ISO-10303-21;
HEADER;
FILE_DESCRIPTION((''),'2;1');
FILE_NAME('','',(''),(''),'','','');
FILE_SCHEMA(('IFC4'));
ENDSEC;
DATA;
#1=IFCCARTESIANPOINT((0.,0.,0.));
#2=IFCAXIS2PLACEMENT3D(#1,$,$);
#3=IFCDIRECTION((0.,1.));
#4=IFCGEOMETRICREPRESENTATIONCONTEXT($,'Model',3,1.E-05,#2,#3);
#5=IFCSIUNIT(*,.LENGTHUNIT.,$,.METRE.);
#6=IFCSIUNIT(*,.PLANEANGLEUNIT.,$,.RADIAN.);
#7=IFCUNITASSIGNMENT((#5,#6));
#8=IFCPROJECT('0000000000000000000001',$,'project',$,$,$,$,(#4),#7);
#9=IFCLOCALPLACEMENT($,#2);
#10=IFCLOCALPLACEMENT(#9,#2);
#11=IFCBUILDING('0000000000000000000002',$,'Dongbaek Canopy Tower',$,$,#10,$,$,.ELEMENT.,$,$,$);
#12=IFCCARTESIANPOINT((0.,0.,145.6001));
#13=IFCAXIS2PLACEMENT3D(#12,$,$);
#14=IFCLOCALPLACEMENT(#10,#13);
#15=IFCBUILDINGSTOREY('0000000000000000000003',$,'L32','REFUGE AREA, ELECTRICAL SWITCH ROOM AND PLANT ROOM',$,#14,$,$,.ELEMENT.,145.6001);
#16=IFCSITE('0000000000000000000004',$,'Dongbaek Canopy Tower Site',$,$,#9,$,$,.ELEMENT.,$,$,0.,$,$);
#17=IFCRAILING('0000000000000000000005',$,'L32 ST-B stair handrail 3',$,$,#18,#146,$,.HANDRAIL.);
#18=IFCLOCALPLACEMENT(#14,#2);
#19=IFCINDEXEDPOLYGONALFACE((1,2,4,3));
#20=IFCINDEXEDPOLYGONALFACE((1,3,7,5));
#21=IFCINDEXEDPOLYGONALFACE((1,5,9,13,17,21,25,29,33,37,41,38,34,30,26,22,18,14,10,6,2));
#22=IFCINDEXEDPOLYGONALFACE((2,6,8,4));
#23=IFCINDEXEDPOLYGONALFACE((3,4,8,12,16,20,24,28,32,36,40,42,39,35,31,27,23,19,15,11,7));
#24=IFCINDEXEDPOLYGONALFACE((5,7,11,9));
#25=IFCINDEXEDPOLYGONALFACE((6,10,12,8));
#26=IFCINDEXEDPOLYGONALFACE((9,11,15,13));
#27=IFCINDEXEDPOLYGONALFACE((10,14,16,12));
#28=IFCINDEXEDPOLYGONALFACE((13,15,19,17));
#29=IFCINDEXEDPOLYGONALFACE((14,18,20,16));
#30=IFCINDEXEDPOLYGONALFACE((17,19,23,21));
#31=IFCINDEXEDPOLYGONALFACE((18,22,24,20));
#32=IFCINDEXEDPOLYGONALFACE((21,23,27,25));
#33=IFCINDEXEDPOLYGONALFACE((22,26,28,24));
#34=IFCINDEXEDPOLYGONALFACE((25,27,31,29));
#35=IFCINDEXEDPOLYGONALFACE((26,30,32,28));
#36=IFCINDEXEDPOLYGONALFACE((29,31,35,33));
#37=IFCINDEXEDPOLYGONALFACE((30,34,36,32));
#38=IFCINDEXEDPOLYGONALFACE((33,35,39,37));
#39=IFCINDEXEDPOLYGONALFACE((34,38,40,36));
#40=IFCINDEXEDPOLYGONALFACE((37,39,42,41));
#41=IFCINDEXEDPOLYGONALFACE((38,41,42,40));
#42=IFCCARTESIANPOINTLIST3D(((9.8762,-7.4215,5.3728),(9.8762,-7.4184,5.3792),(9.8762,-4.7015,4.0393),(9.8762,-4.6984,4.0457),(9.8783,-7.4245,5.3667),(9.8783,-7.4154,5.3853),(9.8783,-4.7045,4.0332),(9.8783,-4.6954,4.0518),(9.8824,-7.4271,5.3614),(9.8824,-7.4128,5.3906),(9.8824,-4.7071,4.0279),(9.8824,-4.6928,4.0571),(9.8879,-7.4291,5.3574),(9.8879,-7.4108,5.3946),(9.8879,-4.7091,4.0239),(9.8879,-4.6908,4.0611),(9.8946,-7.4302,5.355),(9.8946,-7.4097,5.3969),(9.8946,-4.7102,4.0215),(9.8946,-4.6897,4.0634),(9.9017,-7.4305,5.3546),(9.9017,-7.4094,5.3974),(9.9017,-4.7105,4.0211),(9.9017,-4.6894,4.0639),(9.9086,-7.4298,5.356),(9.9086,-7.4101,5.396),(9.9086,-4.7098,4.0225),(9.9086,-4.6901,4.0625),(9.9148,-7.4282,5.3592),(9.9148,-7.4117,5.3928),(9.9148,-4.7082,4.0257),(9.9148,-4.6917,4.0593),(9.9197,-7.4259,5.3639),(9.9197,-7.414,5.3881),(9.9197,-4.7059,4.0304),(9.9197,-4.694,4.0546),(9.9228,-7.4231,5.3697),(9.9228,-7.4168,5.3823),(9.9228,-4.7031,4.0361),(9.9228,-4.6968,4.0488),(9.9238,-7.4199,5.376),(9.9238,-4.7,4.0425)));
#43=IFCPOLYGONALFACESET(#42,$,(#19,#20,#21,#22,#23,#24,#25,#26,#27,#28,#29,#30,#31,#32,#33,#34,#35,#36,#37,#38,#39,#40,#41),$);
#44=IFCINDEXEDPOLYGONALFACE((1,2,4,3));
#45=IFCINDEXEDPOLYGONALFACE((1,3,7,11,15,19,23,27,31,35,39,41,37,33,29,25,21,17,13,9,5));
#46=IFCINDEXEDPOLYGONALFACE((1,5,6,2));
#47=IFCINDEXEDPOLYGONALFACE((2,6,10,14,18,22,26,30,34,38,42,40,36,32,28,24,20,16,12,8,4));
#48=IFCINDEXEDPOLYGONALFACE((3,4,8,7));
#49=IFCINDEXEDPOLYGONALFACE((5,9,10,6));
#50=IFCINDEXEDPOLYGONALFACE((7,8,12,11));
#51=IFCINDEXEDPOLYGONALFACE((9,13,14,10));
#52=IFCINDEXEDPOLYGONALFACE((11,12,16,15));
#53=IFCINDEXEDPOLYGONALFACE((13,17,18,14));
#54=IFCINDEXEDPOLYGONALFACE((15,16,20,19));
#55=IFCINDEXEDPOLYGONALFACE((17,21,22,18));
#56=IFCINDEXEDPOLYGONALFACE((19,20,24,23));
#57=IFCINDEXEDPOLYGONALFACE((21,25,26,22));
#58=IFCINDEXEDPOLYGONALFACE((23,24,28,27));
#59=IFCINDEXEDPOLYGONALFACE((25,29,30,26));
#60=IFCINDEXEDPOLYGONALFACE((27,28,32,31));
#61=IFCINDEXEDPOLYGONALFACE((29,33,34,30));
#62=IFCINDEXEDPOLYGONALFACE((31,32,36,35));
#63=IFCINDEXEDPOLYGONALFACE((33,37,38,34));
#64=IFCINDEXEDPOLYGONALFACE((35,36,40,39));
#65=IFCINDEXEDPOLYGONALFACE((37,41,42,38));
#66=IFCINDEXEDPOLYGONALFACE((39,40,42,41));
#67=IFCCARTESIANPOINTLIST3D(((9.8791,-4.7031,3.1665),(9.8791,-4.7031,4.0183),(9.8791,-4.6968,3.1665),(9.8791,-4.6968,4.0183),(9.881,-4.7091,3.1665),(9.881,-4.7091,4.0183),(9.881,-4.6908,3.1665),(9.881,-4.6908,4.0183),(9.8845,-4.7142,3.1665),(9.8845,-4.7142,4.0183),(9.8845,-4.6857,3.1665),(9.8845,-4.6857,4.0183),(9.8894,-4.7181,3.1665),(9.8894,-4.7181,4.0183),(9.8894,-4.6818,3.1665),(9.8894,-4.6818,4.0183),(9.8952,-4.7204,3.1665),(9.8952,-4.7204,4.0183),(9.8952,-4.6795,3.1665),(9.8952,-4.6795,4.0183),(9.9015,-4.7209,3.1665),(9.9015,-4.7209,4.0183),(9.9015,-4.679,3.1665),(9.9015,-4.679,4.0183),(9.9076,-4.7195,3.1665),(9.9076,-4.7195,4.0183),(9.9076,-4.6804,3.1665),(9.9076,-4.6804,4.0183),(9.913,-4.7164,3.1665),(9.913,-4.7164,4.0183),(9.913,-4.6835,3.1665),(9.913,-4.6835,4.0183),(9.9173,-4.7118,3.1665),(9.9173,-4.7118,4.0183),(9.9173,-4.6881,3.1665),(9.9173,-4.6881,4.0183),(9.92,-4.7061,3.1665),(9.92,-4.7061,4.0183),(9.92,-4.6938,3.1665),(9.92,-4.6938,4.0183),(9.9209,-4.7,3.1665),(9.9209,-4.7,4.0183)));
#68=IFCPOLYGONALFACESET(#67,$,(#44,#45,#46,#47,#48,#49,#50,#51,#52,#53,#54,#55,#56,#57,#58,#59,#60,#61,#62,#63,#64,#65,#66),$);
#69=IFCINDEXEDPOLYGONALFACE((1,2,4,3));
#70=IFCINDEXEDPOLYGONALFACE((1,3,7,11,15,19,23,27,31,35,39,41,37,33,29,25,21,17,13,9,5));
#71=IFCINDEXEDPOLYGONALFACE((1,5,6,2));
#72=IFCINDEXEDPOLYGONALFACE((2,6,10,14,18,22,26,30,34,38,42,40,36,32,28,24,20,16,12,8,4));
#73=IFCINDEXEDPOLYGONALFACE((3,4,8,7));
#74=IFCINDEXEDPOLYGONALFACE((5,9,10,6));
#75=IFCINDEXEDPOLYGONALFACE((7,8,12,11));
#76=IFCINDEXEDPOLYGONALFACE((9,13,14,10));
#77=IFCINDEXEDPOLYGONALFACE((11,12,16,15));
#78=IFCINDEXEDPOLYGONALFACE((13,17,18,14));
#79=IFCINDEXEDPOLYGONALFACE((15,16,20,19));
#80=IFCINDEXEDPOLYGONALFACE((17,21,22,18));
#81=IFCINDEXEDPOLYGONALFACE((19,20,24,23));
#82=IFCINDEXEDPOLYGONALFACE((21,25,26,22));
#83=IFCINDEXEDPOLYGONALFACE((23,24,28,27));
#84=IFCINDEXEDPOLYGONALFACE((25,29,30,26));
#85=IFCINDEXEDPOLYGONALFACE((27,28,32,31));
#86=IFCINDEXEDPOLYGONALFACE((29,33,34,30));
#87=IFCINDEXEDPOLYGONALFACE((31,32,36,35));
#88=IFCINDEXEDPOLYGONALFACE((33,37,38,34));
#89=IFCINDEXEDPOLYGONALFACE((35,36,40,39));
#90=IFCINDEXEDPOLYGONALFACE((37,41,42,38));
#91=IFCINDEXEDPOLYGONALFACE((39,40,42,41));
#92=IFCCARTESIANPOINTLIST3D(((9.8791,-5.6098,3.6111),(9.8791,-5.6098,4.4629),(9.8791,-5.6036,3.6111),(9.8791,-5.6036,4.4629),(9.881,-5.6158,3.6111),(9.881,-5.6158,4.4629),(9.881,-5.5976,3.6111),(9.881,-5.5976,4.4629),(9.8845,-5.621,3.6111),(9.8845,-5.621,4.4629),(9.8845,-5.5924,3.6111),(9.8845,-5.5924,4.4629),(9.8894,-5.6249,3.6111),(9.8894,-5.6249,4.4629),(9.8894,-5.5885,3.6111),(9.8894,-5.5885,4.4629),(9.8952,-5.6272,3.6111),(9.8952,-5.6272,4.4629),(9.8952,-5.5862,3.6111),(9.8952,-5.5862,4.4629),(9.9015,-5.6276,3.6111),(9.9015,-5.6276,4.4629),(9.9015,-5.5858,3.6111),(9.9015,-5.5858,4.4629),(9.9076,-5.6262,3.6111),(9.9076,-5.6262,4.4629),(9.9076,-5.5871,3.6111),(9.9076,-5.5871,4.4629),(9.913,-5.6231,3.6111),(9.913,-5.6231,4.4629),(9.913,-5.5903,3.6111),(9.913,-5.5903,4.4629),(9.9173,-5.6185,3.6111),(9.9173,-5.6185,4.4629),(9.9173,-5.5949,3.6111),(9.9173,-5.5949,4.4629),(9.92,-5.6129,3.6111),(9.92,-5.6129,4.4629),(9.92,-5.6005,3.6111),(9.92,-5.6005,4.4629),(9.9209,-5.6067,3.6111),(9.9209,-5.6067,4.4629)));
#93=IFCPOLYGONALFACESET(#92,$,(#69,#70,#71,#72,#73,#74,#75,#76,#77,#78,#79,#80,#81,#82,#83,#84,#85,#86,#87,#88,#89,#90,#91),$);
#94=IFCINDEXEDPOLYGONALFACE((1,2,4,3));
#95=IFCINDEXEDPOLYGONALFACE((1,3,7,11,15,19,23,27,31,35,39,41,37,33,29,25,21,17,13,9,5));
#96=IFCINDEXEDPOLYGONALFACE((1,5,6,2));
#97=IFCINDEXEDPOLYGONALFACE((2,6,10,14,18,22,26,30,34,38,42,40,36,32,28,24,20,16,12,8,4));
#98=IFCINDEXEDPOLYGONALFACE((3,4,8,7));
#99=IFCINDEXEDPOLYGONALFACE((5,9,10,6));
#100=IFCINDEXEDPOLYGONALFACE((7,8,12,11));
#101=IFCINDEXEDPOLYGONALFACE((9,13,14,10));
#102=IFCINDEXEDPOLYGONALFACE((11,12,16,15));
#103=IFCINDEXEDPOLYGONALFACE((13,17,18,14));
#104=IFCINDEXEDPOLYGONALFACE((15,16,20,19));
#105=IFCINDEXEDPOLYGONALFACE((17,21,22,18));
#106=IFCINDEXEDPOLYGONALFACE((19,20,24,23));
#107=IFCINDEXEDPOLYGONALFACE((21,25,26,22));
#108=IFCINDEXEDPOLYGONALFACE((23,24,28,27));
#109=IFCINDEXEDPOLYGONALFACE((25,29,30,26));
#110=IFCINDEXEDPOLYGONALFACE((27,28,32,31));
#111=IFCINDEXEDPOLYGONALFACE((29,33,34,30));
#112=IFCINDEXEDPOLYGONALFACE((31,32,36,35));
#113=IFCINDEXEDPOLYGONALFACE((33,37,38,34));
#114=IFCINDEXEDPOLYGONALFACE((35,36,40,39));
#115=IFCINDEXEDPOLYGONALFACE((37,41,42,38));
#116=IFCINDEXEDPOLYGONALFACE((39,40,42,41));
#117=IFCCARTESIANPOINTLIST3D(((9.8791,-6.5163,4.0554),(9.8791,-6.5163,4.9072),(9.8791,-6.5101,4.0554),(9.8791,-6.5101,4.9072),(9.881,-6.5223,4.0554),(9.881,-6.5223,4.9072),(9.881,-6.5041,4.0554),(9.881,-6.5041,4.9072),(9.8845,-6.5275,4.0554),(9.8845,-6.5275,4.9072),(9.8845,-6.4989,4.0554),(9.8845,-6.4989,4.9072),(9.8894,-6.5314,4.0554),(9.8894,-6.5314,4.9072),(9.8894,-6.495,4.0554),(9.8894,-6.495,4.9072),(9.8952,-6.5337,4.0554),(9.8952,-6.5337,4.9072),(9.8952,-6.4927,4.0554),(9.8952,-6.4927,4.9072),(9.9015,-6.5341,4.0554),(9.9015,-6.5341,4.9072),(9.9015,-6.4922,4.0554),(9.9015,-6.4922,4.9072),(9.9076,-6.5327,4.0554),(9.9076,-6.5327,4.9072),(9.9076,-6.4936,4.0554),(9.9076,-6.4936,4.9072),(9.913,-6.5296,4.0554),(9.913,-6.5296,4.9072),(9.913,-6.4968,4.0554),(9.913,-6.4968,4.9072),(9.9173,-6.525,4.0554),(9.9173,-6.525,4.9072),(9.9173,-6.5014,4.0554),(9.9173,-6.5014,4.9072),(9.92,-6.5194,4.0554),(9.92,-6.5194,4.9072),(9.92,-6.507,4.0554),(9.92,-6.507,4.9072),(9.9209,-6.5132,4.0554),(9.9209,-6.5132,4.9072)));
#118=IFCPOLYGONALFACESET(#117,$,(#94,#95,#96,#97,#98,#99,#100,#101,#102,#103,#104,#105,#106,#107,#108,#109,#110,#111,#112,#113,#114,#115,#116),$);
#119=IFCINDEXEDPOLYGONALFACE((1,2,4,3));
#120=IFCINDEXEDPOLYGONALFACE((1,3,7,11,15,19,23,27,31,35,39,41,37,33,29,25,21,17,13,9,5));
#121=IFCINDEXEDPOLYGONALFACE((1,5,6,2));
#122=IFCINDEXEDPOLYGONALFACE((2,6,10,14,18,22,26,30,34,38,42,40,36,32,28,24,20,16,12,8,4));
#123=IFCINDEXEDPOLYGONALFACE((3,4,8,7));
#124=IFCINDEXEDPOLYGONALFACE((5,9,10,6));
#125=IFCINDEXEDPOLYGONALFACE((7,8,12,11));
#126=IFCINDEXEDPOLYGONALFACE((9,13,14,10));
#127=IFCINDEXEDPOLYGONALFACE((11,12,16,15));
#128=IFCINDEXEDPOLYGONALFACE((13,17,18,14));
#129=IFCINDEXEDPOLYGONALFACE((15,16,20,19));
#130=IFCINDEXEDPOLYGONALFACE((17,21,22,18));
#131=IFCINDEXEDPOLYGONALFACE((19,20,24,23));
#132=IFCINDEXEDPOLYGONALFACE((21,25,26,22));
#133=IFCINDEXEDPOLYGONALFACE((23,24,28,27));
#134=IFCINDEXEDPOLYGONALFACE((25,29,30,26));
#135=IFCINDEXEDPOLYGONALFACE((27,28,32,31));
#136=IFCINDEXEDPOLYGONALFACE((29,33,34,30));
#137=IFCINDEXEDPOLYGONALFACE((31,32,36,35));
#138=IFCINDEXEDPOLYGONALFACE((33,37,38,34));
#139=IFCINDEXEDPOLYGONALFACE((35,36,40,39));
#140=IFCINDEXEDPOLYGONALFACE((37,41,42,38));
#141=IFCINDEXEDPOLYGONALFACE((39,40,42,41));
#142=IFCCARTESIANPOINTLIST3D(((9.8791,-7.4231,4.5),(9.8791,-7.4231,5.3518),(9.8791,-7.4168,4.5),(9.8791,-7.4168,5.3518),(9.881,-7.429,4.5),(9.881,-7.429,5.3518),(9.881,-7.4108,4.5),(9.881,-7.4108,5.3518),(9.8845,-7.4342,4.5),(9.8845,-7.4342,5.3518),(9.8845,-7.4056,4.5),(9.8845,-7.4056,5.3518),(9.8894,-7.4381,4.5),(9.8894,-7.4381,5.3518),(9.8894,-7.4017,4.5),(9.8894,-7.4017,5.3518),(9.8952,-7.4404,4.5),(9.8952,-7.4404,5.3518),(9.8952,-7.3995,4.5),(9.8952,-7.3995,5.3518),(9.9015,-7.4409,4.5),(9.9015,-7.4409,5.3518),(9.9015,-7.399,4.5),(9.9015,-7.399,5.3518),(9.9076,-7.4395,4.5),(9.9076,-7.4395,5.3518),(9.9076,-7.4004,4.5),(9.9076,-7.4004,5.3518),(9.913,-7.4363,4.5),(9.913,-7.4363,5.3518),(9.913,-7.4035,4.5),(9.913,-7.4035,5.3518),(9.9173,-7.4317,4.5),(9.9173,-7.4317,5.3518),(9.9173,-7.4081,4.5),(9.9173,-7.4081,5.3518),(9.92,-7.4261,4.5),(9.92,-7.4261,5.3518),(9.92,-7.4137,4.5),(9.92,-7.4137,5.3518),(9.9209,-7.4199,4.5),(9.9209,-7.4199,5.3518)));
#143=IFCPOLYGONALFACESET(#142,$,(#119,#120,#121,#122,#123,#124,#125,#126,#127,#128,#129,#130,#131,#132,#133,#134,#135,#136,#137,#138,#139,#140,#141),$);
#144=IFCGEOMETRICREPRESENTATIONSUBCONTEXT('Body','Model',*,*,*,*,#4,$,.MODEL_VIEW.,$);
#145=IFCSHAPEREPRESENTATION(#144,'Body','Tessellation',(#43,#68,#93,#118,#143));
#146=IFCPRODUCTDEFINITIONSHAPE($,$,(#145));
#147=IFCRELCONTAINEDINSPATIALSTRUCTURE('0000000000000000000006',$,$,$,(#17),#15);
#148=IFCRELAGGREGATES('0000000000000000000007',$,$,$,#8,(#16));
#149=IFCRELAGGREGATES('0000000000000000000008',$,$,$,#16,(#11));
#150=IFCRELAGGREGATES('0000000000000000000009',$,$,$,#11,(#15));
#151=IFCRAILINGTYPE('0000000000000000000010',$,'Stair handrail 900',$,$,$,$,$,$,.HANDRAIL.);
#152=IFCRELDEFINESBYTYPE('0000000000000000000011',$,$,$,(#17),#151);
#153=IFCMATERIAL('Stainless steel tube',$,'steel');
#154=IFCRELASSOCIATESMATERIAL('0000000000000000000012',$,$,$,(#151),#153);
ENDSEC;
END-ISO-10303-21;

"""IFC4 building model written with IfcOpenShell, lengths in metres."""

from ifc_helpers import new_model, si_unit, direction, frame, origin, origin_2d, place, context, subcontext, project, spatial, circle, extrude, material, type_object, element, save


model = new_model("IFC4")

# Units and contexts
model_context = context("Model", 3, precision=1e-05, world=origin(), true_north=direction((0.0, 1.0)))
body_context = subcontext(model_context, "Body", "Model", "MODEL_VIEW")
ifc_project = project(units=[si_unit("LENGTHUNIT", "METRE"), si_unit("PLANEANGLEUNIT", "RADIAN")], contexts=[model_context])

# Site, building, storey
site_placement = place(None, origin())
site = spatial("IfcSite", under=ifc_project, at=site_placement, Name="Dongbaek Canopy Tower Site", CompositionType="ELEMENT", RefElevation=0.0)
building_placement = place(site_placement, origin())
building = spatial("IfcBuilding", under=site, at=building_placement, Name="Dongbaek Canopy Tower", CompositionType="ELEMENT")
storey_placement = place(building_placement, frame((0.0, 0.0, 145.6001)))
storey = spatial("IfcBuildingStorey", under=building, at=storey_placement, Name="L32", Description="REFUGE AREA, ELECTRICAL SWITCH ROOM AND PLANT ROOM", CompositionType="ELEMENT", Elevation=145.6001)

# Railing
ifc_material_1 = material(Name="Stainless steel tube", Category="steel")
railing_type_1 = type_object("IfcRailingType", Name="Stair handrail 900", PredefinedType="HANDRAIL", material=ifc_material_1)
railing_1_placement = place(storey_placement, frame((9.8999, -4.7, 3.1665)))
element("IfcRailing", 1, at=railing_1_placement, inside=storey, type_object=railing_type_1, Name="L32 ST-B stair handrail 3", PredefinedType="HANDRAIL", context=body_context, shape_type="SweptSolid", body=[
    extrude(circle(Radius=0.0239, at=origin_2d()), frame((0.0, 0.0, 0.876), z_axis=(0.0, -0.897898, 0.440204), x_axis=(1.0, 0.0, 0.0)), (0.0, 0.0, 1.0), 3.0293),
    extrude(circle(Radius=0.021, at=origin_2d()), origin(), (0.0, 0.0, 1.0), 0.8518),
    extrude(circle(Radius=0.021, at=origin_2d()), frame((0.0, -0.9067, 0.4446)), (0.0, 0.0, 1.0), 0.8518),
    extrude(circle(Radius=0.021, at=origin_2d()), frame((0.0, -1.8132, 0.8889)), (0.0, 0.0, 1.0), 0.8518),
    extrude(circle(Radius=0.021, at=origin_2d()), frame((0.0, -2.72, 1.3335)), (0.0, 0.0, 1.0), 0.8518),
])

save(model, "model.ifc")
